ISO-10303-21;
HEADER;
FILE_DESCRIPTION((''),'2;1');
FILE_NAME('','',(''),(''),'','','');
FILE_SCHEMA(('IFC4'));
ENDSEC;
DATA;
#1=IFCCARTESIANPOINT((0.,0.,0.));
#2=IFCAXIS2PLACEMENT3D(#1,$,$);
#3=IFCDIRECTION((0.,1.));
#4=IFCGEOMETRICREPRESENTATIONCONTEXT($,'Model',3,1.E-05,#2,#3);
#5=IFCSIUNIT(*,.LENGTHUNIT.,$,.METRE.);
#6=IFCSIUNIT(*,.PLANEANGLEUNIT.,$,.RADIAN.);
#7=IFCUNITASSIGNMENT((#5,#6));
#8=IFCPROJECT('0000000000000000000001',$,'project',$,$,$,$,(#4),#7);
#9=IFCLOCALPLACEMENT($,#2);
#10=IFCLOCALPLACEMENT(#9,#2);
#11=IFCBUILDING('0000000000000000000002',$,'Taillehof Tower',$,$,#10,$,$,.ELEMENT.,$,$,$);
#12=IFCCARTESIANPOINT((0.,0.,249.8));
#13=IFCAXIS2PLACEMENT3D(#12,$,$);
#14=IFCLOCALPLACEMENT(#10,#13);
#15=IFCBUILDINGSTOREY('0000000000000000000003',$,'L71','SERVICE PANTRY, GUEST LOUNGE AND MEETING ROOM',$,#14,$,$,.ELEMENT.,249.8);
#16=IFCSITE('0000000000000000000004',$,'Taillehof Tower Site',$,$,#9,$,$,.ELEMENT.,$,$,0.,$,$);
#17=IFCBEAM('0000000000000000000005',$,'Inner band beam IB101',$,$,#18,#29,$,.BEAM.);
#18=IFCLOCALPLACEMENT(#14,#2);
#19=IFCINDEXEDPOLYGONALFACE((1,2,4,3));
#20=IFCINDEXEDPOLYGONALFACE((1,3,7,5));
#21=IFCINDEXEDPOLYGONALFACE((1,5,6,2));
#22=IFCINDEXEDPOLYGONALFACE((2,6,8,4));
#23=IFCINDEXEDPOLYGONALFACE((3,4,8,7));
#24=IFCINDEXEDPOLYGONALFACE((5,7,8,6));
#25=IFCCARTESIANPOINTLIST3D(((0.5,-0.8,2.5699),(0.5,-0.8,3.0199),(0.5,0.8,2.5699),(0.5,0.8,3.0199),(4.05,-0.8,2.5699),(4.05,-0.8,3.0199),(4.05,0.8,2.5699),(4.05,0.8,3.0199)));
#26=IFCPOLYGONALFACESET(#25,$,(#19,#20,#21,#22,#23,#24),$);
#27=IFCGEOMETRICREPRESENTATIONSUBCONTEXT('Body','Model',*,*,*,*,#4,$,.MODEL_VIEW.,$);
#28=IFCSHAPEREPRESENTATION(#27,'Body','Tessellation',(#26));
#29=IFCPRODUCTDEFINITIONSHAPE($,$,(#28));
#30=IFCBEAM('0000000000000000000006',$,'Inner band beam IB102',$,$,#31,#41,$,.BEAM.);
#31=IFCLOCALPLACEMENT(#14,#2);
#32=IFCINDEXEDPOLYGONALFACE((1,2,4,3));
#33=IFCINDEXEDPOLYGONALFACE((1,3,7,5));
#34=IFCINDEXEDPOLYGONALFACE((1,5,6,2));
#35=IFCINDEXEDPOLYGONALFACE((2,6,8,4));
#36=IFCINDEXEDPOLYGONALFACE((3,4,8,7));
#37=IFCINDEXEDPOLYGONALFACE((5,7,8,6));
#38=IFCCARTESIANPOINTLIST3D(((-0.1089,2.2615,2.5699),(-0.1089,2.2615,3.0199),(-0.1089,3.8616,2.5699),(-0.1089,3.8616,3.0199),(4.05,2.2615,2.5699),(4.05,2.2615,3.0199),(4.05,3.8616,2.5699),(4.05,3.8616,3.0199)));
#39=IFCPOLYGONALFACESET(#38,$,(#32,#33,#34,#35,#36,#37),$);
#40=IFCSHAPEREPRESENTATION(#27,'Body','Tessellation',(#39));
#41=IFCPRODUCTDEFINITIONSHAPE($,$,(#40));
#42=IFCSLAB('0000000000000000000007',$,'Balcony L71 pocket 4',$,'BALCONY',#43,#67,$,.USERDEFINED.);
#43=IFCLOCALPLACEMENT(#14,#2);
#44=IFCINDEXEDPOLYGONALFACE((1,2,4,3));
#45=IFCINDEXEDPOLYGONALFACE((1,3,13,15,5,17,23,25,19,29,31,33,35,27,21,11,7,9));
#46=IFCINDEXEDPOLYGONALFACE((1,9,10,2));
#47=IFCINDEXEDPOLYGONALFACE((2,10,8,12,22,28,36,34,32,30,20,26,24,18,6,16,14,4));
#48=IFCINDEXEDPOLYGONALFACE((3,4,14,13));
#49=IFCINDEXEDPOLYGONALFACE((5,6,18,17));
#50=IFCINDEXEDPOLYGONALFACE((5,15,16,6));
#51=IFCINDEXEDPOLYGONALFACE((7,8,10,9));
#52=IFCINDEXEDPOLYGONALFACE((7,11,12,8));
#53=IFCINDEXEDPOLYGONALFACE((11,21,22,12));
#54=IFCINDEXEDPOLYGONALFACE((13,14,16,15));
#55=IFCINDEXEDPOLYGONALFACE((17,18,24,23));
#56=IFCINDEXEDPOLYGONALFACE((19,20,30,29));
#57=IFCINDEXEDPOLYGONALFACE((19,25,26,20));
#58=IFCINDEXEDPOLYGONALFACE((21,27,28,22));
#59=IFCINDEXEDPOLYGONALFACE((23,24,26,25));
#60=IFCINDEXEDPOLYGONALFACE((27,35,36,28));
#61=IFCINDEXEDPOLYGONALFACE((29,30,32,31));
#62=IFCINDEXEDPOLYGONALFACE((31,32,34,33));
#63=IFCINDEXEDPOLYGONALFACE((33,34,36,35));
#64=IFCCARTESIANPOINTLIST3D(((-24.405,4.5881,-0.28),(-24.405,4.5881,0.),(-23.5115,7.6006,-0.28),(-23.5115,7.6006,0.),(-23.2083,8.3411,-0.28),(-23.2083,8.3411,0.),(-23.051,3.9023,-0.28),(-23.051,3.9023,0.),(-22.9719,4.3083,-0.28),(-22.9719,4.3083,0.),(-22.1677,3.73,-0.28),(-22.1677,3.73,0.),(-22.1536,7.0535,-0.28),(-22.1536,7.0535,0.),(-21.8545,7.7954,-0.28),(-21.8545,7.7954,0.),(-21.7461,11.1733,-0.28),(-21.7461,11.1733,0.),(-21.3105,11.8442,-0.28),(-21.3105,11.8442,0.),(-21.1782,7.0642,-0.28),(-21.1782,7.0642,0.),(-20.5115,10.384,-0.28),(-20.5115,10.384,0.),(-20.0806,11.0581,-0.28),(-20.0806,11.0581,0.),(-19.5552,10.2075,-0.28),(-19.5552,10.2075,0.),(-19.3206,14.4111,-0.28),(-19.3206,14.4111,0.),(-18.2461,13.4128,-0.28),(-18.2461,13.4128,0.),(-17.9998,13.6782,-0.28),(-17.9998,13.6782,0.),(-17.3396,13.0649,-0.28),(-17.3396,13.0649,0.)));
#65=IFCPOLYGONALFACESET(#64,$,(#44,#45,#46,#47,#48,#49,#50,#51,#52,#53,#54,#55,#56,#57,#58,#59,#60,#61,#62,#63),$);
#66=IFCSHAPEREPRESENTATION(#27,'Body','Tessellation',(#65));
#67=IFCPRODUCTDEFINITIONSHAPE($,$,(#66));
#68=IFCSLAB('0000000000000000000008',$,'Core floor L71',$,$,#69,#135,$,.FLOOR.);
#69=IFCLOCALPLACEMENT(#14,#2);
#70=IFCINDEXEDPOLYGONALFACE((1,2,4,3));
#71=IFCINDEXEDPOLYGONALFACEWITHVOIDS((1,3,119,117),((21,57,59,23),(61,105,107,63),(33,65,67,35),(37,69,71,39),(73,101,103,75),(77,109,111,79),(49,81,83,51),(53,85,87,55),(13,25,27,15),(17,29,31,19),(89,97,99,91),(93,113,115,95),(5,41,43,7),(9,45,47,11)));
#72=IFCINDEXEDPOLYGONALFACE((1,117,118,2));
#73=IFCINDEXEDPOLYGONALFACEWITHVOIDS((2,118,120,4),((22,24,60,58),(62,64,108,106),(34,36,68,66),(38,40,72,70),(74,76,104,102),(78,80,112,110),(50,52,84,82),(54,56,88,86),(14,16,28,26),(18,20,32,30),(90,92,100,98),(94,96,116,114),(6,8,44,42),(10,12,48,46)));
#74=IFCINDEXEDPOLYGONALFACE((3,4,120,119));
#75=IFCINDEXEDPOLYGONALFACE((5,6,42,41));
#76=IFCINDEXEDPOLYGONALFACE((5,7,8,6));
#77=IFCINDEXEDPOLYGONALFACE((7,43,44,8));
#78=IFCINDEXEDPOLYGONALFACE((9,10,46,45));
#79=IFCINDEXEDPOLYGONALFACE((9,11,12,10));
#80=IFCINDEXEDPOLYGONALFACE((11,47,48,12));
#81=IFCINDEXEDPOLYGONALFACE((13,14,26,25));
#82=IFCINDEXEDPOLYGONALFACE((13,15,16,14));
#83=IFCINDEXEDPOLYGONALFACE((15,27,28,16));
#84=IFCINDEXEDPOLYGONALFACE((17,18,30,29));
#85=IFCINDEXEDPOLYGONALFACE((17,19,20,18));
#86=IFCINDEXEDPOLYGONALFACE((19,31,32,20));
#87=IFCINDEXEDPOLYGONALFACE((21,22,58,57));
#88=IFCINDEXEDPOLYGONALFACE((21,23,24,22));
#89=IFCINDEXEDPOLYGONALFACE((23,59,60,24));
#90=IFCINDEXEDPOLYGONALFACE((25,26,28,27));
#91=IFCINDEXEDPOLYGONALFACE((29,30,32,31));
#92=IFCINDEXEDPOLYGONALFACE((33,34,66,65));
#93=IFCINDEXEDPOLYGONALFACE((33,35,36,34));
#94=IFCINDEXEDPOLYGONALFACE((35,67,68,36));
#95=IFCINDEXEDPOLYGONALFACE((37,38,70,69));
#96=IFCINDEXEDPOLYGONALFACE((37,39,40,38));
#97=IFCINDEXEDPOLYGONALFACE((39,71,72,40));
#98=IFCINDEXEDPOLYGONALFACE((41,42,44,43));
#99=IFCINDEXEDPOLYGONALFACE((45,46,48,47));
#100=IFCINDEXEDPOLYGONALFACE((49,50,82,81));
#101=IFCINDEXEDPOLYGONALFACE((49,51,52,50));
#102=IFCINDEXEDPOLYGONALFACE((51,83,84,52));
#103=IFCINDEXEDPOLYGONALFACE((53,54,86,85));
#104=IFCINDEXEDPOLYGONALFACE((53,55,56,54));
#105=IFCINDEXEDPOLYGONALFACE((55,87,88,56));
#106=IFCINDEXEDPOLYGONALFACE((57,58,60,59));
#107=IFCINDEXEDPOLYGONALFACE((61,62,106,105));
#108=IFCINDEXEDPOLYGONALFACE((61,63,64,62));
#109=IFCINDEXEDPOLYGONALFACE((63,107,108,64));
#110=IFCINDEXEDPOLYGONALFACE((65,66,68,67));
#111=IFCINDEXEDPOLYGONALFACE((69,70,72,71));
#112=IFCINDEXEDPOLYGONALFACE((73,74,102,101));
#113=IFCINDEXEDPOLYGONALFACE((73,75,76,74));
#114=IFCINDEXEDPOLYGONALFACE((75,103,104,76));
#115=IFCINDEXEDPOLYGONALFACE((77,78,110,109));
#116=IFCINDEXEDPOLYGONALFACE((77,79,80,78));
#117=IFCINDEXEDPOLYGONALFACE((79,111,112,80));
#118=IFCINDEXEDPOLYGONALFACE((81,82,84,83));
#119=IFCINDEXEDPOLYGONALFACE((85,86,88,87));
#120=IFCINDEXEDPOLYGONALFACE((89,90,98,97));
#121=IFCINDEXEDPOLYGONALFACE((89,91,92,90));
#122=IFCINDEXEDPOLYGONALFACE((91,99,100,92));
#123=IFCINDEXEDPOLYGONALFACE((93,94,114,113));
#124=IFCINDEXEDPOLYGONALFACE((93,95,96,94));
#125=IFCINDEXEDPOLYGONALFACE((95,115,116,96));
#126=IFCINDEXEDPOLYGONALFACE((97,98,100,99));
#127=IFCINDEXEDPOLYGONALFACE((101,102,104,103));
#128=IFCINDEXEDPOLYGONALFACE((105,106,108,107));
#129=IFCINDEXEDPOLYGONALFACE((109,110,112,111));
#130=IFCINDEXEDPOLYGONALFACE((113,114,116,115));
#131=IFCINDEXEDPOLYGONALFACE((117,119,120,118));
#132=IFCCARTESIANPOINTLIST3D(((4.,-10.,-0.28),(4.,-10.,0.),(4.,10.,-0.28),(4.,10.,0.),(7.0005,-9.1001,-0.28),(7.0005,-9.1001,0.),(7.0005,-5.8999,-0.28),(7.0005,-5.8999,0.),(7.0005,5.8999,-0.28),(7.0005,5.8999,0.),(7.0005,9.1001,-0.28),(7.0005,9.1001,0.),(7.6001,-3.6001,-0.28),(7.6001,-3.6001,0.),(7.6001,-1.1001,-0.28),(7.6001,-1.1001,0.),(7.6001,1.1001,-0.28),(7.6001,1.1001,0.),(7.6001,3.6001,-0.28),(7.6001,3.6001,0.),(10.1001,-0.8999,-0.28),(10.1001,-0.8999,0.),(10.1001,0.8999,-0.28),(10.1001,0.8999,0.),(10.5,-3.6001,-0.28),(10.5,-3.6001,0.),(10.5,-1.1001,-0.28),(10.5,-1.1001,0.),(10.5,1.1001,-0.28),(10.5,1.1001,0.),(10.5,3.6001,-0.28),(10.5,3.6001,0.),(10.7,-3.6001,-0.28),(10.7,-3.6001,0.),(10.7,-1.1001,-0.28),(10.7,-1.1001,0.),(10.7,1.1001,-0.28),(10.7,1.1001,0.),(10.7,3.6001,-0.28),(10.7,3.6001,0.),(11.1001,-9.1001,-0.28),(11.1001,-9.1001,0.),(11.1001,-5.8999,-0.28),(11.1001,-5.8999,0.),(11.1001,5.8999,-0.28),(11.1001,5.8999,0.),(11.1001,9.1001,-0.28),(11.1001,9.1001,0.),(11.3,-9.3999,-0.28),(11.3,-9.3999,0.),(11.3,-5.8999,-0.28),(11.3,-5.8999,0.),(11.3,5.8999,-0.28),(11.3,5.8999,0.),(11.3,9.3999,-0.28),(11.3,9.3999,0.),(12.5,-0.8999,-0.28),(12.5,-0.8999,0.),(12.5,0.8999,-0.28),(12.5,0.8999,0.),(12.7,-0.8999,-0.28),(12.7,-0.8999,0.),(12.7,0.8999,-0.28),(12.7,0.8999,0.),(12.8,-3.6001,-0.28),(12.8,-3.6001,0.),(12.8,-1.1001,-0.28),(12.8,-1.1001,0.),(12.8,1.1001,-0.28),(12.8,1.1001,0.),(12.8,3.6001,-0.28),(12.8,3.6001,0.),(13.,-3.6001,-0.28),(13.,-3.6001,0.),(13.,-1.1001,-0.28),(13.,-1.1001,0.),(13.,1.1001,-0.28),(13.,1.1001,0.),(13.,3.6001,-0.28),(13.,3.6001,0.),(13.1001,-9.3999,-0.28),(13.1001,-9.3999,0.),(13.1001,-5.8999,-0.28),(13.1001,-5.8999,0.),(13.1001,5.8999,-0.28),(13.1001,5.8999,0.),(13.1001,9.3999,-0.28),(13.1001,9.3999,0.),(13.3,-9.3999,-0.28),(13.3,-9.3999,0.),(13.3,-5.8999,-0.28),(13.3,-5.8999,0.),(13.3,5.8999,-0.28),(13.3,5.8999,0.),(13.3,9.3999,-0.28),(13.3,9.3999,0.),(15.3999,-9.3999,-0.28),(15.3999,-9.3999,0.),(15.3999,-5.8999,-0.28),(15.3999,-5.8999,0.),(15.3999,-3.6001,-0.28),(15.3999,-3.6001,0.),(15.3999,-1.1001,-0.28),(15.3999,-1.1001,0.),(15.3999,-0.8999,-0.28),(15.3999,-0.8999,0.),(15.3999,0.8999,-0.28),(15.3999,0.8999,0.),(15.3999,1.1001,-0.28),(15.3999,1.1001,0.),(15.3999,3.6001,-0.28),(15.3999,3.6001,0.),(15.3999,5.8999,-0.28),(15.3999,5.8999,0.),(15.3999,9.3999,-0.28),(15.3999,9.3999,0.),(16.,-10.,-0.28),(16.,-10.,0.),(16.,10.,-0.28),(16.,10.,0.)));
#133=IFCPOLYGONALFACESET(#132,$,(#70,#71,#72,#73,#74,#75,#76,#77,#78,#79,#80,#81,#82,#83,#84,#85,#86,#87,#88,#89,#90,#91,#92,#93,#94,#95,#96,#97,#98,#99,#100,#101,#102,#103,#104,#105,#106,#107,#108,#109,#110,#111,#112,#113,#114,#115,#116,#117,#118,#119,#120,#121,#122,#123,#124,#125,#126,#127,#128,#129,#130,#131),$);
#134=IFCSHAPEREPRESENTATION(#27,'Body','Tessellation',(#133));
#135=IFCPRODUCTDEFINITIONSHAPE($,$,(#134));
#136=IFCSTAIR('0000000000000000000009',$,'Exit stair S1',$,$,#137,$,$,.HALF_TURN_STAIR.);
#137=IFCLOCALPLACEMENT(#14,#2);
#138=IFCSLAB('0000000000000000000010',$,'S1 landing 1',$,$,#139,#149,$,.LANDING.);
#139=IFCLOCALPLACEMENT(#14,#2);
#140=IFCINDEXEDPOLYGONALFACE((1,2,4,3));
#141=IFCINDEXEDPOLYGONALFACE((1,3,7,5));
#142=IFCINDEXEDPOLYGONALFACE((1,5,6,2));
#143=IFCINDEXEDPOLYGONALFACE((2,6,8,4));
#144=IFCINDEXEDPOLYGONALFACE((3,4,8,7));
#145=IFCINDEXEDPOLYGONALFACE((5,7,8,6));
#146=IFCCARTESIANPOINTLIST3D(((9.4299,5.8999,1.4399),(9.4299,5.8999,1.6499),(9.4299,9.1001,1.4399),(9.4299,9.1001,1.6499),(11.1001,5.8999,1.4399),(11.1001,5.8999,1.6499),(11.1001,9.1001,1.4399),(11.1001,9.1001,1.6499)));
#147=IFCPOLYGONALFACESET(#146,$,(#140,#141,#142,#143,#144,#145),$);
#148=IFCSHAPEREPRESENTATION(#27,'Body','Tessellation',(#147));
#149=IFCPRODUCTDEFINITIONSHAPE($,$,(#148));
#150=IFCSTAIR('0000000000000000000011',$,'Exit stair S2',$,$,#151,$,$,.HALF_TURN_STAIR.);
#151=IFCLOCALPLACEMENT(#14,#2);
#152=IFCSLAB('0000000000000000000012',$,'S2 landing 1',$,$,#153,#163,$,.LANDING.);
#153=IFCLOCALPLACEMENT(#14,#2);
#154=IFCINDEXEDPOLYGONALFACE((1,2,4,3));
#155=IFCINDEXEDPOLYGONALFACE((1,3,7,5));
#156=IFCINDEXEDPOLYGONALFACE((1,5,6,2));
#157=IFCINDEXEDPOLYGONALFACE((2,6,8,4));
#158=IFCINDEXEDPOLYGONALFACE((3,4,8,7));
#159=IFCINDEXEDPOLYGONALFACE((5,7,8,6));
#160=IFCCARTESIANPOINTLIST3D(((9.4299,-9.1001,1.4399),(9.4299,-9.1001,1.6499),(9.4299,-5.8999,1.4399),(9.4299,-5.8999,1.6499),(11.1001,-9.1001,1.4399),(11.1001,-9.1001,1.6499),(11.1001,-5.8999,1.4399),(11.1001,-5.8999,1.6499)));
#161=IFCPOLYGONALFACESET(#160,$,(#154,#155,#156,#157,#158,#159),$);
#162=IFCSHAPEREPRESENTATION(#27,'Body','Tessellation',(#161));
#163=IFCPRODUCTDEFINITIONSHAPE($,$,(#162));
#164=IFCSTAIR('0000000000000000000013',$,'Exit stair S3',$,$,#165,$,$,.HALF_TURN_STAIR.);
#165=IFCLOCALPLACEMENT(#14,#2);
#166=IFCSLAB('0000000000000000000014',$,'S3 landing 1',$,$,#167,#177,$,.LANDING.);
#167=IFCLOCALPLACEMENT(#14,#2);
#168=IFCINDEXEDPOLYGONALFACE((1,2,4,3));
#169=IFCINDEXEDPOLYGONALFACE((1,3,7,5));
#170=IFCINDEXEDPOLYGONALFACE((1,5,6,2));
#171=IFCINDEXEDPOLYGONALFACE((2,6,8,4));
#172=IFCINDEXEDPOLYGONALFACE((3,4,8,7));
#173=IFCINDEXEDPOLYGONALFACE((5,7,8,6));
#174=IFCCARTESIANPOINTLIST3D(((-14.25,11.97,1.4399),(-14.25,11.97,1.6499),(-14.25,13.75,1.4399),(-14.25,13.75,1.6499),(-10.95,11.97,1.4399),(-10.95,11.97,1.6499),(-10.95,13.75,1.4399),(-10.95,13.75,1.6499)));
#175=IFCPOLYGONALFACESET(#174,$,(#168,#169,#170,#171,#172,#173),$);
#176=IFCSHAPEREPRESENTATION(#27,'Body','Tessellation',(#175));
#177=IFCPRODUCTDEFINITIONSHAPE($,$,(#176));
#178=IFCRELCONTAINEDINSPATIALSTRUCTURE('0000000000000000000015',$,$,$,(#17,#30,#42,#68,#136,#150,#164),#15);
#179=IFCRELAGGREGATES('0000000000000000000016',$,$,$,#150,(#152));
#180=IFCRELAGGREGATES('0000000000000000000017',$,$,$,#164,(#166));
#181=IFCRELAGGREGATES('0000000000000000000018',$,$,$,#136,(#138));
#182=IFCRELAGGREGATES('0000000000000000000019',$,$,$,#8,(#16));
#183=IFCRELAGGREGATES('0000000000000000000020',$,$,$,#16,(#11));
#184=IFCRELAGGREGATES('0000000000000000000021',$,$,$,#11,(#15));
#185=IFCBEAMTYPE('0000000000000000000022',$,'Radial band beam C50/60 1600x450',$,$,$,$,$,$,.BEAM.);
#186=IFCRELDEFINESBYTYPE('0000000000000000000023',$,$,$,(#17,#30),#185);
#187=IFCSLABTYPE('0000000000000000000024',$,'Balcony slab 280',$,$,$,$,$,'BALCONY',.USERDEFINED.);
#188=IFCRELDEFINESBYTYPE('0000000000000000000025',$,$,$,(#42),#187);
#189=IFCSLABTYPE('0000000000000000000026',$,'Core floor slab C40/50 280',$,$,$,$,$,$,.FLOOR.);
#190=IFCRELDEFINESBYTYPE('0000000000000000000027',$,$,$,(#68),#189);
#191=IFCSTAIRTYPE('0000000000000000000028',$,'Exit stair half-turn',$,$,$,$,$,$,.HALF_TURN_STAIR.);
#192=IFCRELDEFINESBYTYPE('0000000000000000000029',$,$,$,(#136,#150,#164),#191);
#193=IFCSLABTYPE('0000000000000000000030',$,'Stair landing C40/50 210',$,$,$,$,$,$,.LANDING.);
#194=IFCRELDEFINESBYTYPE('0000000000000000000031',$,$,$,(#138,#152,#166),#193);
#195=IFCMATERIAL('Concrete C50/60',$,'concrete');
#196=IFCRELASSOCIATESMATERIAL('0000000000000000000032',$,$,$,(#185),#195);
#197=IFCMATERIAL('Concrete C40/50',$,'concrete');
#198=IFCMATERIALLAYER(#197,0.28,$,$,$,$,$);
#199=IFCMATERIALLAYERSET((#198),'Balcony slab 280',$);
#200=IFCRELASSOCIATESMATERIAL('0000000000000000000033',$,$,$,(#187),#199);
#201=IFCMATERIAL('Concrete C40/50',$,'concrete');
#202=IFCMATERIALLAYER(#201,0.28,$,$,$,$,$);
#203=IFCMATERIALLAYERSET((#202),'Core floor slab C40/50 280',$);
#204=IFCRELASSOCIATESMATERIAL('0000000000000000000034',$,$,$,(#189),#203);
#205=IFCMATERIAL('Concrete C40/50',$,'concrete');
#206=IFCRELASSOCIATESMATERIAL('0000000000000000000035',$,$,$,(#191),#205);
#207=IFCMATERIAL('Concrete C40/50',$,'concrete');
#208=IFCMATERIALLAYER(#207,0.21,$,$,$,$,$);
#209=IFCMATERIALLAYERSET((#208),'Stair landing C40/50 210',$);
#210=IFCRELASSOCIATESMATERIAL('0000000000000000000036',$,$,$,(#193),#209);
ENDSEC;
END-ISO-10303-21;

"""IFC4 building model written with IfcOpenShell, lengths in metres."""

from ifc_helpers import new_model, si_unit, direction, frame, origin, origin_2d, place, context, subcontext, project, spatial, polyline, rectangle, outline, extrude, material, layer, layer_set, material_profile, profile_set, type_object, element, aggregate, save


model = new_model("IFC4")

# Units and contexts
model_context = context("Model", 3, precision=1e-05, world=origin(), true_north=direction((0.0, 1.0)))
body_context = subcontext(model_context, "Body", "Model", "MODEL_VIEW")
ifc_project = project(units=[si_unit("LENGTHUNIT", "METRE"), si_unit("PLANEANGLEUNIT", "RADIAN")], contexts=[model_context])

# Site, building, storey
site_placement = place(None, origin())
site = spatial("IfcSite", under=ifc_project, at=site_placement, Name="Taillehof Tower Site", CompositionType="ELEMENT", RefElevation=0.0)
building_placement = place(site_placement, origin())
building = spatial("IfcBuilding", under=site, at=building_placement, Name="Taillehof Tower", CompositionType="ELEMENT")
storey_placement = place(building_placement, frame((0.0, 0.0, 249.8)))
storey = spatial("IfcBuildingStorey", under=building, at=storey_placement, Name="L71", Description="SERVICE PANTRY, GUEST LOUNGE AND MEETING ROOM", CompositionType="ELEMENT", Elevation=249.8)

# Beams
ifc_material_1 = material(Name="Concrete C50/60", Category="concrete")
ifc_material_profile = material_profile(ifc_material_1, rectangle(XDim=1.6001, YDim=0.45, at=origin_2d()), Name="RC 1600x450")
ifc_profile_set = profile_set([ifc_material_profile], Name="Concrete C50/60")
beam_type = type_object("IfcBeamType", Name="Radial band beam C50/60 1600x450", PredefinedType="BEAM", material=ifc_profile_set)
beam_1_placement = place(storey_placement, frame((0.5, 0.0, 2.7949), z_axis=(1.0, 0.0, 0.0), x_axis=(0.0, 1.0, 0.0)))
element("IfcBeam", 1, at=beam_1_placement, inside=storey, type_object=beam_type, Name="Inner band beam IB101", PredefinedType="BEAM", context=body_context, shape_type="SweptSolid", body=[
    extrude(rectangle(XDim=1.6001, YDim=0.45, at=origin_2d()), origin(), (0.0, 0.0, 1.0), 3.55),
])
beam_2_placement = place(storey_placement, frame((-0.1089, 3.0615, 2.7949), z_axis=(1.0, 0.0, 0.0), x_axis=(0.0, 1.0, 0.0)))
element("IfcBeam", 2, at=beam_2_placement, inside=storey, type_object=beam_type, Name="Inner band beam IB102", PredefinedType="BEAM", context=body_context, shape_type="SweptSolid", body=[
    extrude(rectangle(XDim=1.6001, YDim=0.45, at=origin_2d()), origin(), (0.0, 0.0, 1.0), 4.1589),
])

# Slabs
ifc_material_2 = material(Name="Concrete C40/50", Category="concrete")
ifc_layer_1 = layer(ifc_material_2, 0.28)
ifc_layer_set_1 = layer_set([ifc_layer_1], Name="Balcony slab 280")
slab_type_1 = type_object("IfcSlabType", Name="Balcony slab 280", ElementType="BALCONY", PredefinedType="USERDEFINED", material=ifc_layer_set_1)
slab_1_placement = place(storey_placement, frame((0.0, 0.0, -0.28)))
element("IfcSlab", 3, at=slab_1_placement, inside=storey, type_object=slab_type_1, Name="Balcony L71 pocket 4", ObjectType="BALCONY", PredefinedType="USERDEFINED", context=body_context, shape_type="SweptSolid", body=[
    extrude(outline(polyline([(-22.1677, 3.73), (-23.051, 3.9023), (-22.9719, 4.3083), (-24.405, 4.5881), (-23.5115, 7.6006), (-22.1536, 7.0535), (-21.8545, 7.7954), (-23.2083, 8.3411), (-21.7461, 11.1733), (-20.5115, 10.384), (-20.0806, 11.0581), (-21.3105, 11.8442), (-19.3206, 14.4111), (-18.2461, 13.4128), (-17.9998, 13.6782), (-17.3396, 13.0649), (-19.5552, 10.2075), (-21.1782, 7.0642), (-22.1677, 3.73)])), origin(), (0.0, 0.0, 1.0), 0.28),
])
ifc_material_3 = material(Name="Concrete C40/50", Category="concrete")
ifc_layer_2 = layer(ifc_material_3, 0.28)
ifc_layer_set_2 = layer_set([ifc_layer_2], Name="Core floor slab C40/50 280")
slab_type_2 = type_object("IfcSlabType", Name="Core floor slab C40/50 280", PredefinedType="FLOOR", material=ifc_layer_set_2)
slab_2_placement = place(storey_placement, frame((0.0, 0.0, -0.28)))
element("IfcSlab", 4, at=slab_2_placement, inside=storey, type_object=slab_type_2, Name="Core floor L71", PredefinedType="FLOOR", context=body_context, shape_type="SweptSolid", body=[
    extrude(outline(polyline([(4.0, -10.0), (4.0, 10.0), (16.0, 10.0), (16.0, -10.0), (4.0, -10.0)]), holes=[polyline([(11.1001, -9.1001), (11.1001, -5.8999), (7.0005, -5.8999), (7.0005, -9.1001), (11.1001, -9.1001)]), polyline([(10.5, -3.6001), (10.5, -1.1001), (7.6001, -1.1001), (7.6001, -3.6001), (10.5, -3.6001)]), polyline([(12.8, -3.6001), (12.8, -1.1001), (10.7, -1.1001), (10.7, -3.6001), (12.8, -3.6001)]), polyline([(12.5, -0.8999), (12.5, 0.8999), (10.1001, 0.8999), (10.1001, -0.8999), (12.5, -0.8999)]), polyline([(10.5, 1.1001), (10.5, 3.6001), (7.6001, 3.6001), (7.6001, 1.1001), (10.5, 1.1001)]), polyline([(12.8, 1.1001), (12.8, 3.6001), (10.7, 3.6001), (10.7, 1.1001), (12.8, 1.1001)]), polyline([(11.1001, 5.8999), (11.1001, 9.1001), (7.0005, 9.1001), (7.0005, 5.8999), (11.1001, 5.8999)]), polyline([(13.1001, -5.8999), (11.3, -5.8999), (11.3, -9.3999), (13.1001, -9.3999), (13.1001, -5.8999)]), polyline([(15.3999, -9.3999), (15.3999, -5.8999), (13.3, -5.8999), (13.3, -9.3999), (15.3999, -9.3999)]), polyline([(15.3999, -3.6001), (15.3999, -1.1001), (13.0, -1.1001), (13.0, -3.6001), (15.3999, -3.6001)]), polyline([(15.3999, -0.8999), (15.3999, 0.8999), (12.7, 0.8999), (12.7, -0.8999), (15.3999, -0.8999)]), polyline([(15.3999, 1.1001), (15.3999, 3.6001), (13.0, 3.6001), (13.0, 1.1001), (15.3999, 1.1001)]), polyline([(13.1001, 5.8999), (13.1001, 9.3999), (11.3, 9.3999), (11.3, 5.8999), (13.1001, 5.8999)]), polyline([(15.3999, 5.8999), (15.3999, 9.3999), (13.3, 9.3999), (13.3, 5.8999), (15.3999, 5.8999)])]), origin(), (0.0, 0.0, 1.0), 0.28),
])

# Stairs, slabs
ifc_material_4 = material(Name="Concrete C40/50", Category="concrete")
stair_type = type_object("IfcStairType", Name="Exit stair half-turn", PredefinedType="HALF_TURN_STAIR", material=ifc_material_4)
stair_1_placement = place(storey_placement, origin())
stair_1 = element("IfcStair", 5, at=stair_1_placement, inside=storey, type_object=stair_type, Name="Exit stair S1", PredefinedType="HALF_TURN_STAIR")
ifc_material_5 = material(Name="Concrete C40/50", Category="concrete")
ifc_layer_3 = layer(ifc_material_5, 0.21)
ifc_layer_set_3 = layer_set([ifc_layer_3], Name="Stair landing C40/50 210")
slab_type_3 = type_object("IfcSlabType", Name="Stair landing C40/50 210", PredefinedType="LANDING", material=ifc_layer_set_3)
slab_3_placement = place(storey_placement, frame((0.0, 0.0, 1.4399)))
slab_3 = element("IfcSlab", 6, at=slab_3_placement, type_object=slab_type_3, Name="S1 landing 1", PredefinedType="LANDING", context=body_context, shape_type="SweptSolid", body=[
    extrude(outline(polyline([(9.4299, 5.8999), (11.1001, 5.8999), (11.1001, 9.1001), (9.4299, 9.1001), (9.4299, 5.8999)])), origin(), (0.0, 0.0, 1.0), 0.21),
])
stair_2_placement = place(storey_placement, origin())
stair_2 = element("IfcStair", 7, at=stair_2_placement, inside=storey, type_object=stair_type, Name="Exit stair S2", PredefinedType="HALF_TURN_STAIR")
slab_4_placement = place(storey_placement, frame((0.0, 0.0, 1.4399)))
slab_4 = element("IfcSlab", 8, at=slab_4_placement, type_object=slab_type_3, Name="S2 landing 1", PredefinedType="LANDING", context=body_context, shape_type="SweptSolid", body=[
    extrude(outline(polyline([(9.4299, -5.8999), (11.1001, -5.8999), (11.1001, -9.1001), (9.4299, -9.1001), (9.4299, -5.8999)])), origin(), (0.0, 0.0, 1.0), 0.21),
])
aggregate(stair_2, [slab_4])
stair_3_placement = place(storey_placement, origin())
stair_3 = element("IfcStair", 9, at=stair_3_placement, inside=storey, type_object=stair_type, Name="Exit stair S3", PredefinedType="HALF_TURN_STAIR")
slab_5_placement = place(storey_placement, frame((0.0, 0.0, 1.4399)))
slab_5 = element("IfcSlab", 10, at=slab_5_placement, type_object=slab_type_3, Name="S3 landing 1", PredefinedType="LANDING", context=body_context, shape_type="SweptSolid", body=[
    extrude(outline(polyline([(-14.25, 11.97), (-14.25, 13.75), (-10.95, 13.75), (-10.95, 11.97), (-14.25, 11.97)])), origin(), (0.0, 0.0, 1.0), 0.21),
])
aggregate(stair_3, [slab_5])

aggregate(stair_1, [slab_3])

save(model, "model.ifc")
